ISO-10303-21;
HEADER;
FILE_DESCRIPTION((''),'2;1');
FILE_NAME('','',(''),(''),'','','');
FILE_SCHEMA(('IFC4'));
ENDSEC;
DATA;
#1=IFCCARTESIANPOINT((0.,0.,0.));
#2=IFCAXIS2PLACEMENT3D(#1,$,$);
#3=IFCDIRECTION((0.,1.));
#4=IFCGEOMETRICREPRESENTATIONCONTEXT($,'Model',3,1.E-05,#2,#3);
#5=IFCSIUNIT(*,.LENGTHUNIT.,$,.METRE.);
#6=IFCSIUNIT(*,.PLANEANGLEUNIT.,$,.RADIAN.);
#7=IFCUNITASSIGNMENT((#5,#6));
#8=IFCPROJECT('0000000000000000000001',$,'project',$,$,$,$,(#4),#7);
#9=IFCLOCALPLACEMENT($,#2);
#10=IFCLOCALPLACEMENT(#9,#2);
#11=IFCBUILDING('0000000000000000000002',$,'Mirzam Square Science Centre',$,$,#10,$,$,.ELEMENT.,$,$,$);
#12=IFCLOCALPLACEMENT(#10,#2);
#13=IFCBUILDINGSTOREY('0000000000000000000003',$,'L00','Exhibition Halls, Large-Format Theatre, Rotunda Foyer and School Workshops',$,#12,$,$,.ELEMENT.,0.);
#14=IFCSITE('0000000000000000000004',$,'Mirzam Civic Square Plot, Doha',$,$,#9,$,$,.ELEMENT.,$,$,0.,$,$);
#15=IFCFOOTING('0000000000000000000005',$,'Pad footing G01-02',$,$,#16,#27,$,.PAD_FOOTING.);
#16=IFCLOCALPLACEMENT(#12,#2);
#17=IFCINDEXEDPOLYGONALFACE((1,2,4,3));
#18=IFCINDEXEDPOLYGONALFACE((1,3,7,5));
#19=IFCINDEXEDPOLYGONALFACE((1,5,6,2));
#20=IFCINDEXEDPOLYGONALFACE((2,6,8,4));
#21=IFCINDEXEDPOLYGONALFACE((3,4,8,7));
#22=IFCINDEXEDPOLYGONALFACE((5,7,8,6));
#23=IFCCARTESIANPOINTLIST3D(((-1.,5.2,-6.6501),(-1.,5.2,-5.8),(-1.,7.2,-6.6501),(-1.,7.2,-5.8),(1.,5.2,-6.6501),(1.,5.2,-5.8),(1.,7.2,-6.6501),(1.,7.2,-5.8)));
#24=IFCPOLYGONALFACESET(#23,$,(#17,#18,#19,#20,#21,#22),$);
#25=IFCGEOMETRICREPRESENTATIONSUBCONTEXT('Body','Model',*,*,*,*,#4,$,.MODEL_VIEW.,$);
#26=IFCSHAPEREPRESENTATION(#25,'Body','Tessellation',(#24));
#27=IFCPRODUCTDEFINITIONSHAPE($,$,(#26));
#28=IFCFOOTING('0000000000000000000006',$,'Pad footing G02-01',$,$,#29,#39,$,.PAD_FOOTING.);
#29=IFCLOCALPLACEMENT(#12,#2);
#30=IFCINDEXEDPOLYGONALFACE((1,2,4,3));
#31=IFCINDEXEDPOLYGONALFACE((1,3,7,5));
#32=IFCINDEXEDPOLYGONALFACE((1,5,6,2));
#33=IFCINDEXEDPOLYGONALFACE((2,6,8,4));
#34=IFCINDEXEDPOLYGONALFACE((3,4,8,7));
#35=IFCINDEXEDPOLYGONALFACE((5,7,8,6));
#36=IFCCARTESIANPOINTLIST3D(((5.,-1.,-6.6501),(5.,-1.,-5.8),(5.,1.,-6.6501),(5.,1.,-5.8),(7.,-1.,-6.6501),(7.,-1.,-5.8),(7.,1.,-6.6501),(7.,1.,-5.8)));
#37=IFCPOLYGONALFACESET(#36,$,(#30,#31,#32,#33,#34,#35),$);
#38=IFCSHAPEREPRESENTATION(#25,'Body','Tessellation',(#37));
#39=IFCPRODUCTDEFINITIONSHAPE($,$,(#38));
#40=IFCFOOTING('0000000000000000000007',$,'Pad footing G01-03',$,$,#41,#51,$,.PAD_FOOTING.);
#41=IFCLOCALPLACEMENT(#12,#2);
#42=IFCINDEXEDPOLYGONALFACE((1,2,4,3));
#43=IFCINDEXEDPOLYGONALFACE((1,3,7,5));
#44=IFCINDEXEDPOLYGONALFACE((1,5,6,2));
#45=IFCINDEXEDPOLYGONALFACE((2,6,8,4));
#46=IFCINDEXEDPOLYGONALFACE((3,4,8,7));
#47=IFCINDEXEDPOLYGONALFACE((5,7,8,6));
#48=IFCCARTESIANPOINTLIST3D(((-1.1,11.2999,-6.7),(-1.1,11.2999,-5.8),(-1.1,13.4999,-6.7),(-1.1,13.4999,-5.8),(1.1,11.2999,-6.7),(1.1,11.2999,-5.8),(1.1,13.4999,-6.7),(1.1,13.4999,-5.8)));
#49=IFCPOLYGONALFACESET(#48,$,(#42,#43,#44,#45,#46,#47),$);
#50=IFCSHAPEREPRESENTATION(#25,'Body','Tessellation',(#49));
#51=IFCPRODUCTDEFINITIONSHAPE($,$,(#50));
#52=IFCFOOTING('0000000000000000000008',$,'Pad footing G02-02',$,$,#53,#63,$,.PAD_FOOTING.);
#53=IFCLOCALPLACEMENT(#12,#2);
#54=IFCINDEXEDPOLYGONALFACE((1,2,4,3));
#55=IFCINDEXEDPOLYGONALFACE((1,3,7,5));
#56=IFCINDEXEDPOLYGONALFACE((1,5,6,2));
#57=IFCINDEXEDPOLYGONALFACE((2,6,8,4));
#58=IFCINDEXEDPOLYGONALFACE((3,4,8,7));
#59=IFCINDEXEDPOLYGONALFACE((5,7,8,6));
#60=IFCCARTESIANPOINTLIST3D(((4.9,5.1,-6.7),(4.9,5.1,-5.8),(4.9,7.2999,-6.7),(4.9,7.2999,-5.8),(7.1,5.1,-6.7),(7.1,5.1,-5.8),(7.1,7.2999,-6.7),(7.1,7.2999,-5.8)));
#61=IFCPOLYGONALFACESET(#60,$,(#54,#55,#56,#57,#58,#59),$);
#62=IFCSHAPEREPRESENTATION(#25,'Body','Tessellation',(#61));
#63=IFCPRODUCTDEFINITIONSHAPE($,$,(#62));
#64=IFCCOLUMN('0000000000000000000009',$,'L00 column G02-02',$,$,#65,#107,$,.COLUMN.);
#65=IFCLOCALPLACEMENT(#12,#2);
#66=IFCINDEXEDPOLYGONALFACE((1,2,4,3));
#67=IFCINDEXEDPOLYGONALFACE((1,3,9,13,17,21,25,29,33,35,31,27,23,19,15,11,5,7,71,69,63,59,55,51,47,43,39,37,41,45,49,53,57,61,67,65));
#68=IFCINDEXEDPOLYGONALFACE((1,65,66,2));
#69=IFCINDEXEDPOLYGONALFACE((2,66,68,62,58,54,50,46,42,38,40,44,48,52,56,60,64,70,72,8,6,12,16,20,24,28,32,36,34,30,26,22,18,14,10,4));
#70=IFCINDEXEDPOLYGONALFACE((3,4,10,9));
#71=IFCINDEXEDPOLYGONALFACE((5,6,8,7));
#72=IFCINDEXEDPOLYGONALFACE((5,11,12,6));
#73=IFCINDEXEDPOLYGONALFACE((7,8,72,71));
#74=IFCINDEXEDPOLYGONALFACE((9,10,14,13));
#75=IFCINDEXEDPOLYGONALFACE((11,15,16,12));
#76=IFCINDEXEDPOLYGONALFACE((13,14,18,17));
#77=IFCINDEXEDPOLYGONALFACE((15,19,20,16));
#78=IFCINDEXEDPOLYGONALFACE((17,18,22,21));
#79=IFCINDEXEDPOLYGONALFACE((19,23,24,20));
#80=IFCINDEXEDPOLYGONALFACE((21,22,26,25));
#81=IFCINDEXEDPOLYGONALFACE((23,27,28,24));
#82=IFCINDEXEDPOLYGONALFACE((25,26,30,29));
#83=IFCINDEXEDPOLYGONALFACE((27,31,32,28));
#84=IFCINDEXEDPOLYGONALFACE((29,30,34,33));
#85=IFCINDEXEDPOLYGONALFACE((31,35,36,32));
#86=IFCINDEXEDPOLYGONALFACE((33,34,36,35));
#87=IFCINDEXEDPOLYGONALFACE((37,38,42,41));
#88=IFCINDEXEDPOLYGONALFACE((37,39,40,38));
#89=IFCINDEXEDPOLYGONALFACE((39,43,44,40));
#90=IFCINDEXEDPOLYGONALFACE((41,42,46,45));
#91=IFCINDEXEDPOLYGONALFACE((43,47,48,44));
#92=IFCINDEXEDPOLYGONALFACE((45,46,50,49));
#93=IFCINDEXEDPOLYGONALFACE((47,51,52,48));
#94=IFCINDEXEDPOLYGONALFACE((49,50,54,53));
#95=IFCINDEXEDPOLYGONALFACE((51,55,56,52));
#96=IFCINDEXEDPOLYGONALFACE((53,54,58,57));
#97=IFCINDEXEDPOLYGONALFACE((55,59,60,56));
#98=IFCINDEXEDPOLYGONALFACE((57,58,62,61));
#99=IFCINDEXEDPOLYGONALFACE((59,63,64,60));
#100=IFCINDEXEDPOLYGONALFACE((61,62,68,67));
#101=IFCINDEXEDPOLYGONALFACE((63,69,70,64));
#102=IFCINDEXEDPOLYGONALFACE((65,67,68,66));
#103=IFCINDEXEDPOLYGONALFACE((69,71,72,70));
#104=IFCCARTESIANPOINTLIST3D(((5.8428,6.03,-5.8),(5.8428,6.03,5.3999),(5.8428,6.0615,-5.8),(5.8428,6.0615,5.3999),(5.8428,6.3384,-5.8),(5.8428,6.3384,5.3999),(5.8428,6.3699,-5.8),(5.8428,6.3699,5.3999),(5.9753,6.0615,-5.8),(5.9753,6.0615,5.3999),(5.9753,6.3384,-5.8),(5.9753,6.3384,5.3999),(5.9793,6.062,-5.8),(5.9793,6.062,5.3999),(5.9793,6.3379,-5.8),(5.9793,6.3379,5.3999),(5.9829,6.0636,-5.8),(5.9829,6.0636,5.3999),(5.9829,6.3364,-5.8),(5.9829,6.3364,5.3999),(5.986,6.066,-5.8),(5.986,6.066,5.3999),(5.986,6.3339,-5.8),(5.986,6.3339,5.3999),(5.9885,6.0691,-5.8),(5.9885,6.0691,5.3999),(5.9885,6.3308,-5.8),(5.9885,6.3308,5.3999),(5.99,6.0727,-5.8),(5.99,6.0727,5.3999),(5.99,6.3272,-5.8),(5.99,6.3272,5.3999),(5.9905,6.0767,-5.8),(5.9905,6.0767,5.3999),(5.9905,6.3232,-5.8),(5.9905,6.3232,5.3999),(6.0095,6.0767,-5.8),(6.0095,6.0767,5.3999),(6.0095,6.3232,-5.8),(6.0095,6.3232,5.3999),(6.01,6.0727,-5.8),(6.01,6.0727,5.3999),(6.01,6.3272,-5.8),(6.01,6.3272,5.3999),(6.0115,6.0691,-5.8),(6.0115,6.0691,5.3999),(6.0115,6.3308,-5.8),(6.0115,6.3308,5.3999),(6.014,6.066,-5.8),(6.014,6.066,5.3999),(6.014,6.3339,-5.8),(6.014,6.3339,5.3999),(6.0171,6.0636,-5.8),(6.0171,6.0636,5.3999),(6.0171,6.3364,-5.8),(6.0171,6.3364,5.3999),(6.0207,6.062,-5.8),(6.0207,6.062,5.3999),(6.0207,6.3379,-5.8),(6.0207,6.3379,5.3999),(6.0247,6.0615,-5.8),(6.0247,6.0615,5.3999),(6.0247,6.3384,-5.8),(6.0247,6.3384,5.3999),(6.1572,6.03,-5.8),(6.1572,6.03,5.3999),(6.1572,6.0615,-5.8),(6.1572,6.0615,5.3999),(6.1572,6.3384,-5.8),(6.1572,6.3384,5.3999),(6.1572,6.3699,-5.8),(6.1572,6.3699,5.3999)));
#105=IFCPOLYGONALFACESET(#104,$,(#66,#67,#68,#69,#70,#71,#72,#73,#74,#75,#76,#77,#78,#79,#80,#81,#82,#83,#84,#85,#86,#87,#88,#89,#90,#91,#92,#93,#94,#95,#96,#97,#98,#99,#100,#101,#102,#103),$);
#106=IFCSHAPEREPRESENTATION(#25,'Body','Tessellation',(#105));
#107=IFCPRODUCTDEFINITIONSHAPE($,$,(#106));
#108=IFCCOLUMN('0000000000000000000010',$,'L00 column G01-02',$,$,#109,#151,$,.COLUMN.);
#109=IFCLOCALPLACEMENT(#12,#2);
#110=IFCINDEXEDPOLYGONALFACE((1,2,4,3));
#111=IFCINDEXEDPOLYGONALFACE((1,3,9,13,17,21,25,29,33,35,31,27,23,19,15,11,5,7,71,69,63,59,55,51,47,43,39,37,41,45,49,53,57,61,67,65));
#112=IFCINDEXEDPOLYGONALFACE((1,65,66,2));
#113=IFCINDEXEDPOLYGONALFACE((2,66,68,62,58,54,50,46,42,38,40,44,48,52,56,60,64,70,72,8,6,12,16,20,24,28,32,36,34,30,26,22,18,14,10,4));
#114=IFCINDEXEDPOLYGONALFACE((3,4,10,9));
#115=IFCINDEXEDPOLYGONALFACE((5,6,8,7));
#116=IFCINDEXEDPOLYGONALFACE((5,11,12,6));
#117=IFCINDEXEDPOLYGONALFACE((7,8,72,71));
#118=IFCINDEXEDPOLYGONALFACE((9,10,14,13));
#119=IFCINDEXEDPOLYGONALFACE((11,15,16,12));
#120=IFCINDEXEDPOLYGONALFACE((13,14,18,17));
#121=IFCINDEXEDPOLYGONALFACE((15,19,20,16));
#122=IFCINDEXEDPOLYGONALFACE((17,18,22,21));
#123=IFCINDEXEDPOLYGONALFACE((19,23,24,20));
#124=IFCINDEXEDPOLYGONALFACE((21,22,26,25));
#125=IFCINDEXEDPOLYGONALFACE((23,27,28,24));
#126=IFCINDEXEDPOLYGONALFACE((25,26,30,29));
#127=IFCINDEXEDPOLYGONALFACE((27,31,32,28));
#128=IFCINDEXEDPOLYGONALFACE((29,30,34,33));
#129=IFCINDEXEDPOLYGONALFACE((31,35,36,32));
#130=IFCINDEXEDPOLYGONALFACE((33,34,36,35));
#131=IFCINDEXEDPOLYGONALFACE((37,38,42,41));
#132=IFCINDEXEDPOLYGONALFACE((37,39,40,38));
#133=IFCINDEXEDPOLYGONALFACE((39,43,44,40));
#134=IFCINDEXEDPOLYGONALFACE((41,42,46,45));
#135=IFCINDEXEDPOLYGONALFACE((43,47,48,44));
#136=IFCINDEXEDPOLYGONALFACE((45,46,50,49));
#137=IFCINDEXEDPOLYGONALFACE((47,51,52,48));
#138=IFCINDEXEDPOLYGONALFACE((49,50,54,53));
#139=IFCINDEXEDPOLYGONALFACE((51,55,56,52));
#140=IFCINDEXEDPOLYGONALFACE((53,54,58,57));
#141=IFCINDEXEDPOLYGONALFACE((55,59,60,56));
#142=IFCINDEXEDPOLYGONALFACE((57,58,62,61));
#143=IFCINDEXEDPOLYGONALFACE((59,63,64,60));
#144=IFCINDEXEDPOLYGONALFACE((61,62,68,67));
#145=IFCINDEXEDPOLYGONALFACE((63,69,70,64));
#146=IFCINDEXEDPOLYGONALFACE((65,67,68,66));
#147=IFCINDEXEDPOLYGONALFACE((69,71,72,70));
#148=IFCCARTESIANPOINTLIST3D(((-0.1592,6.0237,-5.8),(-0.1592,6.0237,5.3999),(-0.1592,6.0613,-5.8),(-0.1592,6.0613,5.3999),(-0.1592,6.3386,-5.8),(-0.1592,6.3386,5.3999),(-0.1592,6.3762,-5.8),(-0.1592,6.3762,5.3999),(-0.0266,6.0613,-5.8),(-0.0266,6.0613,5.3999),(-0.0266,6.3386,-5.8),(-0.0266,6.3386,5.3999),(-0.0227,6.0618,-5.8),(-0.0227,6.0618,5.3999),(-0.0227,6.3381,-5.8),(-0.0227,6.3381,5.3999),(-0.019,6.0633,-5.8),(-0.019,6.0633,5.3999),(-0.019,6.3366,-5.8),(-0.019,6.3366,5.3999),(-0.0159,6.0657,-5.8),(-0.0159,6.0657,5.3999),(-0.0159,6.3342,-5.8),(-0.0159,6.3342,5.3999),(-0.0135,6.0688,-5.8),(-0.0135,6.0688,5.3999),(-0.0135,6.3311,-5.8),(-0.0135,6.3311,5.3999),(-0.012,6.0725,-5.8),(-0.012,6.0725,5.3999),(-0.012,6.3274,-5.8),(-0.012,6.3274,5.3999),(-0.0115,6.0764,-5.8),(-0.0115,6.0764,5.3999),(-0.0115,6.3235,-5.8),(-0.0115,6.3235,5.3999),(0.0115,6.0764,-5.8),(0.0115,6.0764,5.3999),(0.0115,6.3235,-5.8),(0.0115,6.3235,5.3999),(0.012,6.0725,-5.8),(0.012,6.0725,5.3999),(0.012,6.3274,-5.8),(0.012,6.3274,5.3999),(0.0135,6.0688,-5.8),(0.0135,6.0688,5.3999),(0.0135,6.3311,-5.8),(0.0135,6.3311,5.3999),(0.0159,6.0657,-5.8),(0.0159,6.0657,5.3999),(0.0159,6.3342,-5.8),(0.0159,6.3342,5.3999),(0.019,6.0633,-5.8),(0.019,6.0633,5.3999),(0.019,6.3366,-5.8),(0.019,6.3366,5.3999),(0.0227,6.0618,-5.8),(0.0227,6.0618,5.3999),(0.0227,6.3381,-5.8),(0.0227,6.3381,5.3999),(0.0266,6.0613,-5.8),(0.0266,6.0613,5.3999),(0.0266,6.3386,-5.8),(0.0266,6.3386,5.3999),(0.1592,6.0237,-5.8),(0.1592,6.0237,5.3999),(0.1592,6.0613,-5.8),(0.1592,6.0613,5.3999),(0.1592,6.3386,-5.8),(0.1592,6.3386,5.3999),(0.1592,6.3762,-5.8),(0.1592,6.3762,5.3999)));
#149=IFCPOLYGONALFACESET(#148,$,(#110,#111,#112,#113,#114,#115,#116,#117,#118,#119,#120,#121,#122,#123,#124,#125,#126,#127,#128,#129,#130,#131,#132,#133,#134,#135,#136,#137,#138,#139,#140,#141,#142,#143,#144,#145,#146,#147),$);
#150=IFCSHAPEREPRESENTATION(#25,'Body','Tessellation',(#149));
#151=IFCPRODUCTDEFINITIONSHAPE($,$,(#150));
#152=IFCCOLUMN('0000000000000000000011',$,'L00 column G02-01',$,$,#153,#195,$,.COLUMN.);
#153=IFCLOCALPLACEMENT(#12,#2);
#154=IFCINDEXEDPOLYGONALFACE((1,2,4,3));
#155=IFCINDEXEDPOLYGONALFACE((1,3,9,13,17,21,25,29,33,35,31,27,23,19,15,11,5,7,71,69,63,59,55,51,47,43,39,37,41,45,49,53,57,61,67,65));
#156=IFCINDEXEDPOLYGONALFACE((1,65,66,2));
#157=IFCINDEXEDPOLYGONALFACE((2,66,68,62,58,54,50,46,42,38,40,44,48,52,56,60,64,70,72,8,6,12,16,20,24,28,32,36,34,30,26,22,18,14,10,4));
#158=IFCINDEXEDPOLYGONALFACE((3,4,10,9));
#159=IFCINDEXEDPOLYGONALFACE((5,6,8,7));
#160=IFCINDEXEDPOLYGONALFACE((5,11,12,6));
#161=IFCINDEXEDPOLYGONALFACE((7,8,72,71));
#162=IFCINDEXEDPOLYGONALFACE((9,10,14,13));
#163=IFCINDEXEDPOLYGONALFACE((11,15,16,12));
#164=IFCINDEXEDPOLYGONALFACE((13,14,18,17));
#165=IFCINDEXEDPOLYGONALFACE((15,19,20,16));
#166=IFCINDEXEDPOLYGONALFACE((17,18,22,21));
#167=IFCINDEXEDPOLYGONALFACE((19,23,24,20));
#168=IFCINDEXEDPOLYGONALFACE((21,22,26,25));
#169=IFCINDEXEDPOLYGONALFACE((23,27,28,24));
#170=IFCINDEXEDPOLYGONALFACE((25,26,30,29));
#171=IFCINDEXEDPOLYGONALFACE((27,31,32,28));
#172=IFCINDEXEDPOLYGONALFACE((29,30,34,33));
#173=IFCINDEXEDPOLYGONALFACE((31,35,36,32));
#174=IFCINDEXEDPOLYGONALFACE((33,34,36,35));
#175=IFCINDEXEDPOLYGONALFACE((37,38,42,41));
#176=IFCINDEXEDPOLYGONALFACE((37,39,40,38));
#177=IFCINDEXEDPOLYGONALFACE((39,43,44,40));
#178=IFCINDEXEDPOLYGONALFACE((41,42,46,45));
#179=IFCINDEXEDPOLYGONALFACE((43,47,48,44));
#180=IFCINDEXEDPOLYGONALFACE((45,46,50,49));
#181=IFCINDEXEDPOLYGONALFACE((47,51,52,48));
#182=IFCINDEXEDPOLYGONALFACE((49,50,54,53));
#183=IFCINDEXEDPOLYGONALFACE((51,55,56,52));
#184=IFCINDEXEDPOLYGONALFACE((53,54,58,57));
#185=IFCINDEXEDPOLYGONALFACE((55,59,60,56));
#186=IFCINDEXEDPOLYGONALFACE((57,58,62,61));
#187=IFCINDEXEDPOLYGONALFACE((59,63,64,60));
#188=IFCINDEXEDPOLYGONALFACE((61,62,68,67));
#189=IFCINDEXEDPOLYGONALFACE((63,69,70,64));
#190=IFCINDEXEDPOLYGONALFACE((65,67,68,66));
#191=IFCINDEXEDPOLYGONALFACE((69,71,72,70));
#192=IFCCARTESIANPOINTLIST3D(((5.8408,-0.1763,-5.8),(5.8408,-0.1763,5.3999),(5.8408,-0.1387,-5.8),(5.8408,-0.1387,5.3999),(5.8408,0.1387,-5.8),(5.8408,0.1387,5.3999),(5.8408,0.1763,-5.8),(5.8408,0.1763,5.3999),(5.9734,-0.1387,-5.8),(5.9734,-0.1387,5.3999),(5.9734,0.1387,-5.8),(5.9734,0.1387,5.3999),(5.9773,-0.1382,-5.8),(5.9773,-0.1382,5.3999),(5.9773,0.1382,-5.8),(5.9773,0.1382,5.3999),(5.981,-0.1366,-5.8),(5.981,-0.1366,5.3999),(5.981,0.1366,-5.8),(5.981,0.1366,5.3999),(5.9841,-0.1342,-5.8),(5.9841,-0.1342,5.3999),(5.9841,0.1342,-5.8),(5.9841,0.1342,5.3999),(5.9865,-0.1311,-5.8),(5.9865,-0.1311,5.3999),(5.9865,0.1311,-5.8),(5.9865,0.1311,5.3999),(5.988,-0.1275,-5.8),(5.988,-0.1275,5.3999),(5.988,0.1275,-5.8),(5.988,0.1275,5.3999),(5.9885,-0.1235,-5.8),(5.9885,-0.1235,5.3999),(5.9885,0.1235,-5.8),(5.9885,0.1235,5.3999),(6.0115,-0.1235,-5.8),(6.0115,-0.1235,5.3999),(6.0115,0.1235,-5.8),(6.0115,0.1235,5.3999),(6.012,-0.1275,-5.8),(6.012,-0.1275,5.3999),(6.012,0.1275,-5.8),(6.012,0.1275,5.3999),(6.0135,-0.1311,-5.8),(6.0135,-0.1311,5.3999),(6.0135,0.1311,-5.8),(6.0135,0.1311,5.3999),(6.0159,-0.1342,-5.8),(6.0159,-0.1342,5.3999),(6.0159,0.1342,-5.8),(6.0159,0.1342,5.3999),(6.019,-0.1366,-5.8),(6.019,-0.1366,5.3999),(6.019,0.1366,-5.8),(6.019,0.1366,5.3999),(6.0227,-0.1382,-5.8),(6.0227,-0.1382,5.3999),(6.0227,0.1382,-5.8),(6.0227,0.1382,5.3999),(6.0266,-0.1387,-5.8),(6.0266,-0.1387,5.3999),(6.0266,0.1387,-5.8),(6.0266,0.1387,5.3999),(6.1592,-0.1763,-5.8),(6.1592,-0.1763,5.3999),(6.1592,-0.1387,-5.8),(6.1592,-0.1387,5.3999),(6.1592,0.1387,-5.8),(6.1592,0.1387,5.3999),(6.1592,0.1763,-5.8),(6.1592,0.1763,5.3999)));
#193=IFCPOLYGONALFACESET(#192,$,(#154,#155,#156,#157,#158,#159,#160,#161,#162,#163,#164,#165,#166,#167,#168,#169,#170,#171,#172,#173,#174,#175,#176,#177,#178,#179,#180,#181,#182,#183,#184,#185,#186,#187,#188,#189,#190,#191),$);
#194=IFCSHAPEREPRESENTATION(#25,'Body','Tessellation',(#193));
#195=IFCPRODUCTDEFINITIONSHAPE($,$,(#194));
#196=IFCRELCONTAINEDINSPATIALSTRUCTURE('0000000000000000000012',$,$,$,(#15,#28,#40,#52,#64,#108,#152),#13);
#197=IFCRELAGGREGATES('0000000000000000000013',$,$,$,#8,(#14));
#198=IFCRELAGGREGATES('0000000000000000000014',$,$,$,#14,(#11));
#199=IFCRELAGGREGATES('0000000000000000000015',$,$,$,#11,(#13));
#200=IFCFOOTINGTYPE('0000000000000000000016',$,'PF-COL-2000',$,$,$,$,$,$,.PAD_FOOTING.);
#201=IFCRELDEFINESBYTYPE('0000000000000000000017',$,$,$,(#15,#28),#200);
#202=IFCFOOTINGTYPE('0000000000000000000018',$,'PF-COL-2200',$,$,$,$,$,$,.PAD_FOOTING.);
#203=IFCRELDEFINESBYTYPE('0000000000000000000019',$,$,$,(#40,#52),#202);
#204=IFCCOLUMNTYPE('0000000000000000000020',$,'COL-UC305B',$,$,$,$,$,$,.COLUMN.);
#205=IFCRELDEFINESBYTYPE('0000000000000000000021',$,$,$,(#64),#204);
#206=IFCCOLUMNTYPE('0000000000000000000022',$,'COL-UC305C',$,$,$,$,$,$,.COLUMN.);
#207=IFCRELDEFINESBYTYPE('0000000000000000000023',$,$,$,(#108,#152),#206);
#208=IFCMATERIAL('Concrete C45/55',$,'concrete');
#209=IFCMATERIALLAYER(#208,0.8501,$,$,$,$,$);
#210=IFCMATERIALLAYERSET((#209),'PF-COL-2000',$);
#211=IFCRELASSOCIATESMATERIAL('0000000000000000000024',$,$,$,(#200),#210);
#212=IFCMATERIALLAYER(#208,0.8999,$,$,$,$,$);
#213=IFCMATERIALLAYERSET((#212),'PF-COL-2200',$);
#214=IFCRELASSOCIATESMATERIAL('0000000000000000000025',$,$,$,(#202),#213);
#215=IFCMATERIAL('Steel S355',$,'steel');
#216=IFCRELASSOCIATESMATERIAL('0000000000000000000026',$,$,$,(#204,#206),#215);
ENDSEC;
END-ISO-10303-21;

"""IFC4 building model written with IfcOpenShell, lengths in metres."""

from ifc_helpers import new_model, si_unit, direction, frame, origin, origin_2d, place, context, subcontext, project, spatial, rectangle, i_section, extrude, material, layer, layer_set, material_profile, profile_set, type_object, element, save


model = new_model("IFC4")

# Units and contexts
model_context = context("Model", 3, precision=1e-05, world=origin(), true_north=direction((0.0, 1.0)))
body_context = subcontext(model_context, "Body", "Model", "MODEL_VIEW")
ifc_project = project(units=[si_unit("LENGTHUNIT", "METRE"), si_unit("PLANEANGLEUNIT", "RADIAN")], contexts=[model_context])

# Site, building, storey
site_placement = place(None, origin())
site = spatial("IfcSite", under=ifc_project, at=site_placement, Name="Mirzam Civic Square Plot, Doha", CompositionType="ELEMENT", RefElevation=0.0)
building_placement = place(site_placement, origin())
building = spatial("IfcBuilding", under=site, at=building_placement, Name="Mirzam Square Science Centre", CompositionType="ELEMENT")
storey_placement = place(building_placement, origin())
storey = spatial("IfcBuildingStorey", under=building, at=storey_placement, Name="L00", Description="Exhibition Halls, Large-Format Theatre, Rotunda Foyer and School Workshops", CompositionType="ELEMENT", Elevation=0.0)

# Footings
ifc_material_1 = material(Name="Concrete C45/55", Category="concrete")
ifc_layer_1 = layer(ifc_material_1, 0.8501)
ifc_layer_set_1 = layer_set([ifc_layer_1], Name="PF-COL-2000")
footing_type_1 = type_object("IfcFootingType", Name="PF-COL-2000", PredefinedType="PAD_FOOTING", material=ifc_layer_set_1)
for number, where, z_axis, x_axis, name in (
    (1, (0.0, 6.2, -6.6501), (0.0, 0.0, 1.0), (1.0, 0.0, 0.0), "Pad footing G01-02"),
    (2, (6.0, 0.0, -6.6501), (0.0, 0.0, 1.0), (1.0, 0.0, 0.0), "Pad footing G02-01"),
):
    element("IfcFooting", number, at=place(storey_placement, frame(where, z_axis=z_axis, x_axis=x_axis)), inside=storey, type_object=footing_type_1, Name=name, PredefinedType="PAD_FOOTING", context=body_context, shape_type="SweptSolid", body=[
        extrude(rectangle(XDim=2.0, YDim=2.0, at=origin_2d()), origin(), (0.0, 0.0, 1.0), 0.8501),
    ])
ifc_layer_2 = layer(ifc_material_1, 0.8999)
ifc_layer_set_2 = layer_set([ifc_layer_2], Name="PF-COL-2200")
footing_type_2 = type_object("IfcFootingType", Name="PF-COL-2200", PredefinedType="PAD_FOOTING", material=ifc_layer_set_2)
for number, where, z_axis, x_axis, name in (
    (3, (0.0, 12.3999, -6.7), (0.0, 0.0, 1.0), (1.0, 0.0, 0.0), "Pad footing G01-03"),
    (4, (6.0, 6.2, -6.7), (0.0, 0.0, 1.0), (1.0, 0.0, 0.0), "Pad footing G02-02"),
):
    element("IfcFooting", number, at=place(storey_placement, frame(where, z_axis=z_axis, x_axis=x_axis)), inside=storey, type_object=footing_type_2, Name=name, PredefinedType="PAD_FOOTING", context=body_context, shape_type="SweptSolid", body=[
        extrude(rectangle(XDim=2.2, YDim=2.2, at=origin_2d()), origin(), (0.0, 0.0, 1.0), 0.8999),
    ])

# Columns
ifc_material_2 = material(Name="Steel S355", Category="steel")
ifc_material_profile_1 = material_profile(ifc_material_2, i_section(OverallWidth=0.3145, OverallDepth=0.3398, WebThickness=0.019, FlangeThickness=0.0315, FilletRadius=0.0151, at=origin_2d()), Name="305x305x198UC")
ifc_profile_set_1 = profile_set([ifc_material_profile_1], Name="Steel S355")
column_type_1 = type_object("IfcColumnType", Name="COL-UC305B", PredefinedType="COLUMN", material=ifc_profile_set_1)
column_placement = place(storey_placement, frame((6.0, 6.2, -5.8), z_axis=(0.0, 0.0, 1.0), x_axis=(1.0, 0.0, 0.0)))
element("IfcColumn", 5, at=column_placement, inside=storey, type_object=column_type_1, Name="L00 column G02-02", PredefinedType="COLUMN", context=body_context, shape_type="SweptSolid", body=[
    extrude(i_section(OverallWidth=0.3145, OverallDepth=0.3398, WebThickness=0.019, FlangeThickness=0.0315, FilletRadius=0.0151, at=origin_2d()), origin(), (0.0, 0.0, 1.0), 11.2),
])
ifc_material_profile_2 = material_profile(ifc_material_2, i_section(OverallWidth=0.3184, OverallDepth=0.3525, WebThickness=0.0229, FlangeThickness=0.0376, FilletRadius=0.0151, at=origin_2d()), Name="305x305x240UC")
ifc_profile_set_2 = profile_set([ifc_material_profile_2], Name="Steel S355")
column_type_2 = type_object("IfcColumnType", Name="COL-UC305C", PredefinedType="COLUMN", material=ifc_profile_set_2)
for number, where, z_axis, x_axis, name in (
    (6, (0.0, 6.2, -5.8), (0.0, 0.0, 1.0), (1.0, 0.0, 0.0), "L00 column G01-02"),
    (7, (6.0, 0.0, -5.8), (0.0, 0.0, 1.0), (1.0, 0.0, 0.0), "L00 column G02-01"),
):
    element("IfcColumn", number, at=place(storey_placement, frame(where, z_axis=z_axis, x_axis=x_axis)), inside=storey, type_object=column_type_2, Name=name, PredefinedType="COLUMN", context=body_context, shape_type="SweptSolid", body=[
        extrude(i_section(OverallWidth=0.3184, OverallDepth=0.3525, WebThickness=0.0229, FlangeThickness=0.0376, FilletRadius=0.0151, at=origin_2d()), origin(), (0.0, 0.0, 1.0), 11.2),
    ])

save(model, "model.ifc")
